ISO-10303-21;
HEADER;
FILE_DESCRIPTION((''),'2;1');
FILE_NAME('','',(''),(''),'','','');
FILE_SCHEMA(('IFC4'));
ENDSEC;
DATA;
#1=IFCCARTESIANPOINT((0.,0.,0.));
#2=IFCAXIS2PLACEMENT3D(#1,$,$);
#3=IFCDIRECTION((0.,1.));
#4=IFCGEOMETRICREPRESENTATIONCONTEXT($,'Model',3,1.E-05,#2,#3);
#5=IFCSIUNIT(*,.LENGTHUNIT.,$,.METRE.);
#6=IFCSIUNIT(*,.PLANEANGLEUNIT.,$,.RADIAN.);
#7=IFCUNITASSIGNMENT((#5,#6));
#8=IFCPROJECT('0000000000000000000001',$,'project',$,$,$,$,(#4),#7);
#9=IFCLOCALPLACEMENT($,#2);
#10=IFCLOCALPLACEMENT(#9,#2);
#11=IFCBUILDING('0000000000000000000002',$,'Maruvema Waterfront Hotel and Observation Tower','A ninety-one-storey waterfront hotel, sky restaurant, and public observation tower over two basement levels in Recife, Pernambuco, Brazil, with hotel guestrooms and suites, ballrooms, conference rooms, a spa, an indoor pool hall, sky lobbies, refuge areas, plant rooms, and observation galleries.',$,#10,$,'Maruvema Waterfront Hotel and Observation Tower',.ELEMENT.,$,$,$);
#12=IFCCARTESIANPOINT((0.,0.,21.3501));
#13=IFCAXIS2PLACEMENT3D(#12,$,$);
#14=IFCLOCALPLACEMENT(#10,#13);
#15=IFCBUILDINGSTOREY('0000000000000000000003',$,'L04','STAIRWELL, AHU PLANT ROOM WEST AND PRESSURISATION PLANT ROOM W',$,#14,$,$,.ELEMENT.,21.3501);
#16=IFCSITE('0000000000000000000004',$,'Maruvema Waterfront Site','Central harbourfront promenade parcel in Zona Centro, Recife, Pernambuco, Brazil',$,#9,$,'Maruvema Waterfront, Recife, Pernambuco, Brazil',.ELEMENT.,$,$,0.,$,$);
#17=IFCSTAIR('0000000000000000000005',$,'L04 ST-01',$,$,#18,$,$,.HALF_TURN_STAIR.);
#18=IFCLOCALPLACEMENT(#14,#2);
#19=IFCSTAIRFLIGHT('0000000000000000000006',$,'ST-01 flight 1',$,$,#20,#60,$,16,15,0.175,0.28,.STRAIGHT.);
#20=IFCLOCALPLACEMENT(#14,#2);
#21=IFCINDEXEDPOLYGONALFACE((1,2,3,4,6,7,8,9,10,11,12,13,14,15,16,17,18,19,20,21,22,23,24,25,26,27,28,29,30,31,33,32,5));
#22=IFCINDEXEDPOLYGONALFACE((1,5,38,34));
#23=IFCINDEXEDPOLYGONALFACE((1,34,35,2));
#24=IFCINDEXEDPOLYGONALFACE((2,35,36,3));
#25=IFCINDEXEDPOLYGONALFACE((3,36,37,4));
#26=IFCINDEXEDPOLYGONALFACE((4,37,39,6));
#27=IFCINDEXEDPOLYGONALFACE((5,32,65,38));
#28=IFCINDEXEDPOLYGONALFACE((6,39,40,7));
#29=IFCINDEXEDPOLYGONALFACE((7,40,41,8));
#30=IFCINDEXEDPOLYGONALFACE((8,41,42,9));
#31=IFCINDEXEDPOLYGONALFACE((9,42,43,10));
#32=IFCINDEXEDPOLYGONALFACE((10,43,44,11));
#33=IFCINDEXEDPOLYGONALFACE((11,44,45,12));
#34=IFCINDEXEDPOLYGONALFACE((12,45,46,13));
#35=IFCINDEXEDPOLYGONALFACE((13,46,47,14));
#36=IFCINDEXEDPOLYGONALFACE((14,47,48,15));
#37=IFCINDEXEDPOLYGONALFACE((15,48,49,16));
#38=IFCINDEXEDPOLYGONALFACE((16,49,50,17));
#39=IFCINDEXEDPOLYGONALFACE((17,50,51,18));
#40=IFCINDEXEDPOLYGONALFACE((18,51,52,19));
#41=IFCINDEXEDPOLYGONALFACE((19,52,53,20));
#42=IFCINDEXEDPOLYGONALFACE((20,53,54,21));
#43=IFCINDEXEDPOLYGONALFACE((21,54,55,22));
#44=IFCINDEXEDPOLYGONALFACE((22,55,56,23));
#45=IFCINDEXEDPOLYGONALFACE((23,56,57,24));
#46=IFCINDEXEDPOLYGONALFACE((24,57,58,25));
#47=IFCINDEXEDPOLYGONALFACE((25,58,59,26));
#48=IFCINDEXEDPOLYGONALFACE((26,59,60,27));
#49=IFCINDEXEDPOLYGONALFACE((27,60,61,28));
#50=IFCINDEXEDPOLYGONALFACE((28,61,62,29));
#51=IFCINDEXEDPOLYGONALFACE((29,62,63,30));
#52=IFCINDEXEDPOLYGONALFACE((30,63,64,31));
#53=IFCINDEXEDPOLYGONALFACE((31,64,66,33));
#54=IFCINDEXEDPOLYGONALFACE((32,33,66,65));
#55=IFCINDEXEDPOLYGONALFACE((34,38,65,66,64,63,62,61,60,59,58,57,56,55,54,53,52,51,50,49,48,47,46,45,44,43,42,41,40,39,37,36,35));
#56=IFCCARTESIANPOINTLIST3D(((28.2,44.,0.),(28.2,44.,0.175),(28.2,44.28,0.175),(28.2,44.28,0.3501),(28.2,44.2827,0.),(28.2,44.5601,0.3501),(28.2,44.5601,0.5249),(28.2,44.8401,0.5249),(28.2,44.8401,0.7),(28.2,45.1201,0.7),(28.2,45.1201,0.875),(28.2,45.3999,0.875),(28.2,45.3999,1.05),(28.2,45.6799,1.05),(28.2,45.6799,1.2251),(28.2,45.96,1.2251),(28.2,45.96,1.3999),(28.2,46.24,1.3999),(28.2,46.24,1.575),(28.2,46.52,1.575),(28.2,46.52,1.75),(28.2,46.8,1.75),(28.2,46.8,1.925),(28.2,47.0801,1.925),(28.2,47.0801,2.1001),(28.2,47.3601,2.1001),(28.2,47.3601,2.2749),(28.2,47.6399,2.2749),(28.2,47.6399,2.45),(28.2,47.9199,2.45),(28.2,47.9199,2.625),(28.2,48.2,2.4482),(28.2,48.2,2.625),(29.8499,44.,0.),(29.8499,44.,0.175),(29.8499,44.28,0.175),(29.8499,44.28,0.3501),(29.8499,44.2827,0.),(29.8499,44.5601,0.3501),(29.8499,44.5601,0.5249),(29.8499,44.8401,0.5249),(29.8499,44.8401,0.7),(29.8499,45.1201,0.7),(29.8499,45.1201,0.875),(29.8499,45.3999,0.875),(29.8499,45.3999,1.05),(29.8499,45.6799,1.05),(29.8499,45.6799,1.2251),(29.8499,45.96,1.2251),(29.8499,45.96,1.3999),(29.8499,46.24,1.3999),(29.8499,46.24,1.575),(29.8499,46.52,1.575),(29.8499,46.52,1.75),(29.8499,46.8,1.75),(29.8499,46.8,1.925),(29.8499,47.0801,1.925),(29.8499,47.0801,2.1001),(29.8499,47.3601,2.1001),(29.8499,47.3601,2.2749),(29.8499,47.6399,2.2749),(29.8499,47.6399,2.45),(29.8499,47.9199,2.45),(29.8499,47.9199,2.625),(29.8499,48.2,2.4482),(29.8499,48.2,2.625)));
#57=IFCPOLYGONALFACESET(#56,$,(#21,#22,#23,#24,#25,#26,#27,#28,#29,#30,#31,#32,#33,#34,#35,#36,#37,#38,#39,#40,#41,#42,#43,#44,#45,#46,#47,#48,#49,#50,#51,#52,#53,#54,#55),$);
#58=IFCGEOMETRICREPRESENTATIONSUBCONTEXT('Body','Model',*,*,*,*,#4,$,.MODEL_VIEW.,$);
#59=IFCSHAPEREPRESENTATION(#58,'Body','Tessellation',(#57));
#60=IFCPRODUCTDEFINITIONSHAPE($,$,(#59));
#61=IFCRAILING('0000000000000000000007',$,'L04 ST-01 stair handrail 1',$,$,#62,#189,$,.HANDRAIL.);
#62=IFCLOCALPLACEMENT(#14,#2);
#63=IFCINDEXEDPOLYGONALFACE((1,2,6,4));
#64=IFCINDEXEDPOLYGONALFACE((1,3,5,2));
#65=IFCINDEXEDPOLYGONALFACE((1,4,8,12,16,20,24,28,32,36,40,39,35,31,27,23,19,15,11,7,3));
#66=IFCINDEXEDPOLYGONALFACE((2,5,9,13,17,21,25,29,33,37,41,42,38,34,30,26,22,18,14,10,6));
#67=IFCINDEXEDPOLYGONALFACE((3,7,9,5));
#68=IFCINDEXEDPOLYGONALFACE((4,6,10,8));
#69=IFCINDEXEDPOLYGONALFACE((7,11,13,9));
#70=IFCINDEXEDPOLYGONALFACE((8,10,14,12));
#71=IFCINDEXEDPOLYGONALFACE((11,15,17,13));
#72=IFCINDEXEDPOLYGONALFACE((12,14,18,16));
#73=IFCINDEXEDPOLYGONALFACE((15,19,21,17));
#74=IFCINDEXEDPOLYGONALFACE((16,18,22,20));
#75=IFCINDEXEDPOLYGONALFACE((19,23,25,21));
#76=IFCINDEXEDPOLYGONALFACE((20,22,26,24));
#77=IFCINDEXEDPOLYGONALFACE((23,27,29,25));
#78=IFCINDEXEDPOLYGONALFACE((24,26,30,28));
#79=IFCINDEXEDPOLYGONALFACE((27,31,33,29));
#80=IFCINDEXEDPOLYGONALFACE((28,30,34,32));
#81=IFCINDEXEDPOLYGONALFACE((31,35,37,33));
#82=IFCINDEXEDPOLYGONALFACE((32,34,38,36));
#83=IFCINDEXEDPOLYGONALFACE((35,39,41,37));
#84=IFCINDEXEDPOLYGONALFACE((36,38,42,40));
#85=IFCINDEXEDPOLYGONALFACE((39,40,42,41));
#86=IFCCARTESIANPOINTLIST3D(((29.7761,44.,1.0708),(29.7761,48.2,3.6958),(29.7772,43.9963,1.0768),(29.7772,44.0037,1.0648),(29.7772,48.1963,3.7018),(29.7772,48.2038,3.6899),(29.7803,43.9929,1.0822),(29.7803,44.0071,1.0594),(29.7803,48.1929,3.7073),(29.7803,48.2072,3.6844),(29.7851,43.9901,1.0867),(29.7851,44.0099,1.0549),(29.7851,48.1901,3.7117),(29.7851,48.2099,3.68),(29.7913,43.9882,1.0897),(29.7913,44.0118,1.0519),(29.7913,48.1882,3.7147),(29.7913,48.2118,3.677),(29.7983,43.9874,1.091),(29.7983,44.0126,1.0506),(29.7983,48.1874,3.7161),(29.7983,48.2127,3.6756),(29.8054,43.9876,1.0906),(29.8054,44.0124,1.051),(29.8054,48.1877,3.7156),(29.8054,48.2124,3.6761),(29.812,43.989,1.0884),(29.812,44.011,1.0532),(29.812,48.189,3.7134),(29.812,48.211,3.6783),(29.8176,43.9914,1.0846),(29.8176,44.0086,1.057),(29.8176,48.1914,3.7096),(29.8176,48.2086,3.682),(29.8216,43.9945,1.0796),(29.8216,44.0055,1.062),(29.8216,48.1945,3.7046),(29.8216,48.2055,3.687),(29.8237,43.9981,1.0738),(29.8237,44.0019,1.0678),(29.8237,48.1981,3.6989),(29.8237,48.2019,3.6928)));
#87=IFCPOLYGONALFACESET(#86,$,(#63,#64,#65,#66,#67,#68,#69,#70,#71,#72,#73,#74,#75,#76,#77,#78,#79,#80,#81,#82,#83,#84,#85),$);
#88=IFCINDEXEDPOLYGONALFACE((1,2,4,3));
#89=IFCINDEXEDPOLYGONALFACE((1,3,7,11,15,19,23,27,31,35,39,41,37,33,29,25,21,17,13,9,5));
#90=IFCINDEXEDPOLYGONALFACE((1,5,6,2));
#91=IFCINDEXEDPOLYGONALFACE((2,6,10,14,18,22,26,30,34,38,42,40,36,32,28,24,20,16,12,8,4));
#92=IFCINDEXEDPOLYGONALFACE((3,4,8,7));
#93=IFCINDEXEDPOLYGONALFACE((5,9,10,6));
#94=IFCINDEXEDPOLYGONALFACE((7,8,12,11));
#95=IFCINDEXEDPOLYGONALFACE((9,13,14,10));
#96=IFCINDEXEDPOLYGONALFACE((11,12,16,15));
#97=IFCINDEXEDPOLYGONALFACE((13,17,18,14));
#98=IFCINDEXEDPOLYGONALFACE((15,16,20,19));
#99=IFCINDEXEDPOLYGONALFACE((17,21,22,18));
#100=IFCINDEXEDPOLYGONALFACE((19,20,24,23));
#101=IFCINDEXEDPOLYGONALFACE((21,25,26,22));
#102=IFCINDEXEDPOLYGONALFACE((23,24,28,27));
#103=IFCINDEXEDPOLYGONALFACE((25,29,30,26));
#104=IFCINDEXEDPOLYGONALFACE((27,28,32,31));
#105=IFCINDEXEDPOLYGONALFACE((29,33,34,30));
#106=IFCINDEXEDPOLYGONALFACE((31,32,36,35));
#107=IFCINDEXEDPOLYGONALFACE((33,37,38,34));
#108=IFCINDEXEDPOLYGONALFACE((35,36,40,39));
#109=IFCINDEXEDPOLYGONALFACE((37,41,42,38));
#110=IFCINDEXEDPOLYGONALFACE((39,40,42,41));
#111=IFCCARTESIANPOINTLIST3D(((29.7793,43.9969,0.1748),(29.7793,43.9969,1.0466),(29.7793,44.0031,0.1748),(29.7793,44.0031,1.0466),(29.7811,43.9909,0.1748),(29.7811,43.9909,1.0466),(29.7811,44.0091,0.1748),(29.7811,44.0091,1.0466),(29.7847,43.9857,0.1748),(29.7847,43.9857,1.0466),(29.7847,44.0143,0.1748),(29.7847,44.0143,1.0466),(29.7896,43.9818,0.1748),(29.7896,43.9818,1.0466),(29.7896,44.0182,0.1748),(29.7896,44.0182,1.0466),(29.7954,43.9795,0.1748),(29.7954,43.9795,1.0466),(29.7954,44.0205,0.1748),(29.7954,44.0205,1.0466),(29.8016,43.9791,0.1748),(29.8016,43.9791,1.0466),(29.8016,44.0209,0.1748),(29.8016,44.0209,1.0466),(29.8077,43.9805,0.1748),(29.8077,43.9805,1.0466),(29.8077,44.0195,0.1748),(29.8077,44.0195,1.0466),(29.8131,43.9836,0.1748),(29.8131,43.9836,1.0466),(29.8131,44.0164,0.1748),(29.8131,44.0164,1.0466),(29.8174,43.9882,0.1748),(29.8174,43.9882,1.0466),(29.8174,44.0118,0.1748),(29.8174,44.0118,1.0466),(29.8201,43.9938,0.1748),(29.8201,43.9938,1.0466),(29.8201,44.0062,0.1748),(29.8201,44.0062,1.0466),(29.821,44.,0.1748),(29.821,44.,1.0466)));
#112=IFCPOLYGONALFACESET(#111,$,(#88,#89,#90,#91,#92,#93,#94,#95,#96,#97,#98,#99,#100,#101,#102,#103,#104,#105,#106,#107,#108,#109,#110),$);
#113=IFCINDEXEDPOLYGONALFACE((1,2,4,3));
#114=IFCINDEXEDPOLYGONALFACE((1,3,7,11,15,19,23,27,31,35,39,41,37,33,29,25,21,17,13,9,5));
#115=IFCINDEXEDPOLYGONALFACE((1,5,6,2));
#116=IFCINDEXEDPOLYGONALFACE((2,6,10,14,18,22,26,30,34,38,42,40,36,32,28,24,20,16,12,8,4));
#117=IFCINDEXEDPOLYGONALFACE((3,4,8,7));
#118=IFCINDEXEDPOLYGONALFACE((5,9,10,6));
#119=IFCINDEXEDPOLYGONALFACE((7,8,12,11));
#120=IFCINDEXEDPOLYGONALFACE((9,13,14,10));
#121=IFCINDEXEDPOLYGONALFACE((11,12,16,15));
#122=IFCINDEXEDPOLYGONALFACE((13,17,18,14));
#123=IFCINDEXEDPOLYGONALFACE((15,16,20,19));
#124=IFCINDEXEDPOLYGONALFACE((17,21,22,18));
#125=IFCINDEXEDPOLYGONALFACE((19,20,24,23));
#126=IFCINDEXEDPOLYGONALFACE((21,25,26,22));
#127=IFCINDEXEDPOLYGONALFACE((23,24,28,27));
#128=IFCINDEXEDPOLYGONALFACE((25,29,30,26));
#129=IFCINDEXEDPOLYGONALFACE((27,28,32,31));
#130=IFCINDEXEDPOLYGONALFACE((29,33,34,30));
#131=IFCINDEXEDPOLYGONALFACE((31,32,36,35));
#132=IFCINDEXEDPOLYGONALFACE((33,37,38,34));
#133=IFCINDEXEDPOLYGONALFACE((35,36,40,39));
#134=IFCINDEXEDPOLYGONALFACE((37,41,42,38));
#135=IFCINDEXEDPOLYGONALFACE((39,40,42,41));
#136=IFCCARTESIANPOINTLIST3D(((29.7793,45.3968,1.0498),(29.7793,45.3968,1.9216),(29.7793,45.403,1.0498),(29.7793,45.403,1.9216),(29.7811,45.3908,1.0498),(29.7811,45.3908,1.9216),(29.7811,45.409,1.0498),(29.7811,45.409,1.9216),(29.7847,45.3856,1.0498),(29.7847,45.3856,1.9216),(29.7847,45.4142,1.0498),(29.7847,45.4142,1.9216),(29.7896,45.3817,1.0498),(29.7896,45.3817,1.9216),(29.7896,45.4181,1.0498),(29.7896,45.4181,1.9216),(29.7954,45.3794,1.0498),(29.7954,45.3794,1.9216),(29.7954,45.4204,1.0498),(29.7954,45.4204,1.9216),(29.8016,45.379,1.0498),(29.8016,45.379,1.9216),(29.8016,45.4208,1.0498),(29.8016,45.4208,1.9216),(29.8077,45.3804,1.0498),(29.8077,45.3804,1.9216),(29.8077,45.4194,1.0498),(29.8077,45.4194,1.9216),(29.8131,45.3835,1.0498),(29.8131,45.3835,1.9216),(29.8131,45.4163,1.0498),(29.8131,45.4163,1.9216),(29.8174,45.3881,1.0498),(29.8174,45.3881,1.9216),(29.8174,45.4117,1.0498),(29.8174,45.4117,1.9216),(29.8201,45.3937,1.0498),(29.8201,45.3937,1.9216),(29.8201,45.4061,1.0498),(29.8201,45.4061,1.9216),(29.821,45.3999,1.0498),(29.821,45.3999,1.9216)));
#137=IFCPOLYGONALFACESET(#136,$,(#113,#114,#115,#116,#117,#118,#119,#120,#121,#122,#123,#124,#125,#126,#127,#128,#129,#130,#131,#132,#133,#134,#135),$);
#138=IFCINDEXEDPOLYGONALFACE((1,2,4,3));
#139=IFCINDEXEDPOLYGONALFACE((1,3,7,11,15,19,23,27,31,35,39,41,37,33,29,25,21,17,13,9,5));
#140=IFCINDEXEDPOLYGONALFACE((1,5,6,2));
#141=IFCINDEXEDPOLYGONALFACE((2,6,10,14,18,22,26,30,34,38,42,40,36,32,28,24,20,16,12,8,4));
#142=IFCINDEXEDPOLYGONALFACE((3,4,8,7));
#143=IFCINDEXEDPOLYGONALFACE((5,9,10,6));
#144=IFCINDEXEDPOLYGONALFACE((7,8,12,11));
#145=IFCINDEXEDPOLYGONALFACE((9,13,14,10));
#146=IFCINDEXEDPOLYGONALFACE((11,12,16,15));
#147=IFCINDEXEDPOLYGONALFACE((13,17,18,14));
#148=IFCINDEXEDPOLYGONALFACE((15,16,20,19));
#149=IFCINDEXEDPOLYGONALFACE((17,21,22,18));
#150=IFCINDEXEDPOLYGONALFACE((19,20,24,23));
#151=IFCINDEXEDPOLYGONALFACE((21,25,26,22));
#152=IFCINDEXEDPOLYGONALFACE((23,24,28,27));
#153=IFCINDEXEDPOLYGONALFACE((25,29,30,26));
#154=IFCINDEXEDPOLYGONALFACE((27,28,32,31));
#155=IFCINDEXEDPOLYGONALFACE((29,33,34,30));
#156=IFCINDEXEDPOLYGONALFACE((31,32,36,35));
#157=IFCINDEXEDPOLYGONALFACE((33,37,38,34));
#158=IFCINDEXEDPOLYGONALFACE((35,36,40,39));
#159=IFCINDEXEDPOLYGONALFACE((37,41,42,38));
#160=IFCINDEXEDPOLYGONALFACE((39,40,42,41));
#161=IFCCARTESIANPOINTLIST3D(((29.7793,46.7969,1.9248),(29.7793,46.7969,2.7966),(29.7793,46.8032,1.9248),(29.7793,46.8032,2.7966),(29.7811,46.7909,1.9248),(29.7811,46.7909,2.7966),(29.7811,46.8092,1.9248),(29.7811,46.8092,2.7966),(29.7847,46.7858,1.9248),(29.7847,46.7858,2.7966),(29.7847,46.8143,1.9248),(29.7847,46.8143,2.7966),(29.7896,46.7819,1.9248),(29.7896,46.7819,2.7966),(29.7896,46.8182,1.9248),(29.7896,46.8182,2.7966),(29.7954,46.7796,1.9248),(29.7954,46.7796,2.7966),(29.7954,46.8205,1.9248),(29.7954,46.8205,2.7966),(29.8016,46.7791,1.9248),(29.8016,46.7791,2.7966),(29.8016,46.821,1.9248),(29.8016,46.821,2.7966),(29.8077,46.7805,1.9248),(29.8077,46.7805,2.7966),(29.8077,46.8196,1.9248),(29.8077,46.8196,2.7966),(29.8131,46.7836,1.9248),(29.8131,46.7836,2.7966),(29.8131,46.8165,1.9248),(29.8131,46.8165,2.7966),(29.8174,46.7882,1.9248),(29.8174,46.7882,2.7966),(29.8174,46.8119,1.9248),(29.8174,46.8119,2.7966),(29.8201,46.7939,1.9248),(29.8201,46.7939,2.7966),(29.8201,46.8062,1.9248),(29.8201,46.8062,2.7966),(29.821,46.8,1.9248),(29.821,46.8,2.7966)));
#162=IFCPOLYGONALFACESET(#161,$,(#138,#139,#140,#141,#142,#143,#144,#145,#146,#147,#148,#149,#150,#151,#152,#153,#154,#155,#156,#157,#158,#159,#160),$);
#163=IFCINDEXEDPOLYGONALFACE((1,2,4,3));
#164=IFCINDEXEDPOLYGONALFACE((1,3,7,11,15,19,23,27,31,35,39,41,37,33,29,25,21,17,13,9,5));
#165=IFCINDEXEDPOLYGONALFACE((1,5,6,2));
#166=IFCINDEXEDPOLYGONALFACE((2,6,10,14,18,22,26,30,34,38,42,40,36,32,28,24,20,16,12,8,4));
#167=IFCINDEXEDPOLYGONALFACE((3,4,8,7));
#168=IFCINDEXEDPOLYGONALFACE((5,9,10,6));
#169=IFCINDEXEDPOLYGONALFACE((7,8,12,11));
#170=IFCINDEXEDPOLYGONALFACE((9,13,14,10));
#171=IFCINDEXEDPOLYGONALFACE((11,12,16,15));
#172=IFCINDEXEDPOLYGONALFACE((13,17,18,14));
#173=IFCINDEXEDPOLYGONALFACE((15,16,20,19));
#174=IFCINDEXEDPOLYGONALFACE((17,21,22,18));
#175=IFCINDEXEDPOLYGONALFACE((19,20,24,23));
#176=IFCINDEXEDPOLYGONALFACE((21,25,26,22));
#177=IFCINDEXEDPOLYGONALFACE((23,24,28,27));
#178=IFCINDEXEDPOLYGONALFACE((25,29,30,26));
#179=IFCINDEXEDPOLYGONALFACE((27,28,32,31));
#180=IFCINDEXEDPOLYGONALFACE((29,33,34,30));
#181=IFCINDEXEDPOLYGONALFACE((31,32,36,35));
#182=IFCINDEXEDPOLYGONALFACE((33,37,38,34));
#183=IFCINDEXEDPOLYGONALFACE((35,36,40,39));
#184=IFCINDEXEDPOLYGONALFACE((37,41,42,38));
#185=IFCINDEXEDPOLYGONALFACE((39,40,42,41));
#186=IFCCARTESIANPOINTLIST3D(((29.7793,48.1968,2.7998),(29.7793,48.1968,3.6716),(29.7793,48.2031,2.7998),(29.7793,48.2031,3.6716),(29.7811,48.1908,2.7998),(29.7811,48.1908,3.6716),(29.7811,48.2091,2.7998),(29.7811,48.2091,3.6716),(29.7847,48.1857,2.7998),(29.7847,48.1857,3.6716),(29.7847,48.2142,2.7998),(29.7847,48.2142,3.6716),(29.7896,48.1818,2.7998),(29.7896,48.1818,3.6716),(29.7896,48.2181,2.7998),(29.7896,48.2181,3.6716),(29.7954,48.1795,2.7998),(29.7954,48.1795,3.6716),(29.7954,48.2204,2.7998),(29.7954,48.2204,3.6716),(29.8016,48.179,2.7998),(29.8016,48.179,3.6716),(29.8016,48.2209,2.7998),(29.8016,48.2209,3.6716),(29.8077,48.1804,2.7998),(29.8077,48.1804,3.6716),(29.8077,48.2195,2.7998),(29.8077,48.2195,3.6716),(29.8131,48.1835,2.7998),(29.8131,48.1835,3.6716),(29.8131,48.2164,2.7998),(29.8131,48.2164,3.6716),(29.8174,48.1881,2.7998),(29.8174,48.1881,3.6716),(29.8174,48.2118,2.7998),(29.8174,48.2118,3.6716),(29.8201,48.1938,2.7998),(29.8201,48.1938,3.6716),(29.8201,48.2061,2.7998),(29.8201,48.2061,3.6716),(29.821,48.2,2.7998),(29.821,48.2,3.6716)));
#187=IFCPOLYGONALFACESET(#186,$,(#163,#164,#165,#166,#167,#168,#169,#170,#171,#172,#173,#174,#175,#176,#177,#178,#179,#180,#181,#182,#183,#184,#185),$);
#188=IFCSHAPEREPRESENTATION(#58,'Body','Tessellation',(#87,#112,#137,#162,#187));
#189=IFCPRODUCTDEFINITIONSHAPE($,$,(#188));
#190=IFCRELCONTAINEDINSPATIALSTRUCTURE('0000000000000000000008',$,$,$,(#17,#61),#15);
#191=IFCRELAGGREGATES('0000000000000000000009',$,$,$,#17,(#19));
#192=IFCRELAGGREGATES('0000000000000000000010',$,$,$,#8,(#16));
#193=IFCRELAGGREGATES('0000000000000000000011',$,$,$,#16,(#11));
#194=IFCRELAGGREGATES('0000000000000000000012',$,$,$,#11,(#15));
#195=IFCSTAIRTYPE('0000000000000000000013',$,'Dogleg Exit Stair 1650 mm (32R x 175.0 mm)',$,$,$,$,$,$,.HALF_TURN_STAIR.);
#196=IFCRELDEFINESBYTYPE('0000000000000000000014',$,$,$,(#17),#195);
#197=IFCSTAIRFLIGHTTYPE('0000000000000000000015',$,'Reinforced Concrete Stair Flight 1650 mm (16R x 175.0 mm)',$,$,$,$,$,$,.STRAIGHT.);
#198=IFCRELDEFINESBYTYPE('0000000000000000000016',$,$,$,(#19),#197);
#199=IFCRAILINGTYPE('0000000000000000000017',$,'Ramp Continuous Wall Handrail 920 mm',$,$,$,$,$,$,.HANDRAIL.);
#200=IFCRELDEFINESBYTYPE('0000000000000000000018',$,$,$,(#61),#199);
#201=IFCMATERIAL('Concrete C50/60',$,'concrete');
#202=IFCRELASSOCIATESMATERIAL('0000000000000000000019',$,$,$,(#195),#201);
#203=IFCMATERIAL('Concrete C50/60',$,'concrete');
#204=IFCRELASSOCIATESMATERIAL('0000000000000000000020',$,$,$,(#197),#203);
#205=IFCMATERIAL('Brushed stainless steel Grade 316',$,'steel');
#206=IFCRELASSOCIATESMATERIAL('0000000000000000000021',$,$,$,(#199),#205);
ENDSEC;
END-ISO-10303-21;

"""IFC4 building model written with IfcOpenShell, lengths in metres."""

from ifc_helpers import new_model, si_unit, direction, frame, origin, origin_2d, place, context, subcontext, project, spatial, polyline, circle, outline, extrude, material, type_object, element, aggregate, save


model = new_model("IFC4")

# Units and contexts
model_context = context("Model", 3, precision=1e-05, world=origin(), true_north=direction((0.0, 1.0)))
body_context = subcontext(model_context, "Body", "Model", "MODEL_VIEW")
ifc_project = project(units=[si_unit("LENGTHUNIT", "METRE"), si_unit("PLANEANGLEUNIT", "RADIAN")], contexts=[model_context])

# Site, building, storey
site_placement = place(None, origin())
site = spatial("IfcSite", under=ifc_project, at=site_placement, Name="Maruvema Waterfront Site", Description="Central harbourfront promenade parcel in Zona Centro, Recife, Pernambuco, Brazil", LongName="Maruvema Waterfront, Recife, Pernambuco, Brazil", CompositionType="ELEMENT", RefElevation=0.0)
building_placement = place(site_placement, origin())
building = spatial("IfcBuilding", under=site, at=building_placement, Name="Maruvema Waterfront Hotel and Observation Tower", Description="A ninety-one-storey waterfront hotel, sky restaurant, and public observation tower over two basement levels in Recife, Pernambuco, Brazil, with hotel guestrooms and suites, ballrooms, conference rooms, a spa, an indoor pool hall, sky lobbies, refuge areas, plant rooms, and observation galleries.", LongName="Maruvema Waterfront Hotel and Observation Tower", CompositionType="ELEMENT")
storey_placement = place(building_placement, frame((0.0, 0.0, 21.3501)))
storey = spatial("IfcBuildingStorey", under=building, at=storey_placement, Name="L04", Description="STAIRWELL, AHU PLANT ROOM WEST AND PRESSURISATION PLANT ROOM W", CompositionType="ELEMENT", Elevation=21.3501)

# Stair, stair flight
ifc_material_1 = material(Name="Concrete C50/60", Category="concrete")
stair_type = type_object("IfcStairType", Name="Dogleg Exit Stair 1650 mm (32R x 175.0 mm)", PredefinedType="HALF_TURN_STAIR", material=ifc_material_1)
stair_placement = place(storey_placement, origin())
stair = element("IfcStair", 1, at=stair_placement, inside=storey, type_object=stair_type, Name="L04 ST-01", PredefinedType="HALF_TURN_STAIR")
ifc_material_2 = material(Name="Concrete C50/60", Category="concrete")
stair_flight_type = type_object("IfcStairFlightType", Name="Reinforced Concrete Stair Flight 1650 mm (16R x 175.0 mm)", PredefinedType="STRAIGHT", material=ifc_material_2)
stair_flight_placement = place(storey_placement, frame((29.0249, 44.0, 0.0), z_axis=(0.0, 0.0, 1.0), x_axis=(0.0, 1.0, 0.0)))
stair_flight = element("IfcStairFlight", 2, at=stair_flight_placement, type_object=stair_flight_type, Name="ST-01 flight 1", NumberOfRisers=16, NumberOfTreads=15, PredefinedType="STRAIGHT", RiserHeight=0.175, TreadLength=0.28, context=body_context, shape_type="SweptSolid", body=[
    extrude(outline(polyline([(0.0, 0.0), (0.0, 0.175), (0.28, 0.175), (0.28, 0.3501), (0.5601, 0.3501), (0.5601, 0.5249), (0.8401, 0.5249), (0.8401, 0.7), (1.1201, 0.7), (1.1201, 0.875), (1.3999, 0.875), (1.3999, 1.05), (1.6799, 1.05), (1.6799, 1.2251), (1.96, 1.2251), (1.96, 1.3999), (2.24, 1.3999), (2.24, 1.575), (2.52, 1.575), (2.52, 1.75), (2.8, 1.75), (2.8, 1.925), (3.0801, 1.925), (3.0801, 2.1001), (3.3601, 2.1001), (3.3601, 2.2749), (3.6399, 2.2749), (3.6399, 2.45), (3.9199, 2.45), (3.9199, 2.625), (4.2, 2.625), (4.2, 2.8), (4.2, 2.4482), (0.2827, 0.0), (0.0, 0.0)])), frame((0.0, 0.825, 0.0), z_axis=(0.0, -1.0, 0.0), x_axis=(1.0, 0.0, 0.0)), (0.0, 0.0, 1.0), 1.6499),
])
aggregate(stair, [stair_flight])

# Railing
ifc_material_3 = material(Name="Brushed stainless steel Grade 316", Category="steel")
railing_type_1 = type_object("IfcRailingType", Name="Ramp Continuous Wall Handrail 920 mm", PredefinedType="HANDRAIL", material=ifc_material_3)
railing_1_placement = place(storey_placement, frame((29.8, 44.0, 0.1748)))
element("IfcRailing", 3, at=railing_1_placement, inside=storey, type_object=railing_type_1, Name="L04 ST-01 stair handrail 1", PredefinedType="HANDRAIL", context=body_context, shape_type="SweptSolid", body=[
    extrude(circle(Radius=0.0239, at=origin_2d()), frame((0.0, 0.0, 0.896), z_axis=(0.0, 0.847996, 0.530003), x_axis=(-1.0, 0.0, 0.0)), (0.0, 0.0, 1.0), 4.9529),
    extrude(circle(Radius=0.021, at=origin_2d()), origin(), (0.0, 0.0, 1.0), 0.8718),
    extrude(circle(Radius=0.021, at=origin_2d()), frame((0.0, 1.3999, 0.875)), (0.0, 0.0, 1.0), 0.8718),
    extrude(circle(Radius=0.021, at=origin_2d()), frame((0.0, 2.8, 1.75)), (0.0, 0.0, 1.0), 0.8718),
    extrude(circle(Radius=0.021, at=origin_2d()), frame((0.0, 4.2, 2.625)), (0.0, 0.0, 1.0), 0.8718),
])

save(model, "model.ifc")
